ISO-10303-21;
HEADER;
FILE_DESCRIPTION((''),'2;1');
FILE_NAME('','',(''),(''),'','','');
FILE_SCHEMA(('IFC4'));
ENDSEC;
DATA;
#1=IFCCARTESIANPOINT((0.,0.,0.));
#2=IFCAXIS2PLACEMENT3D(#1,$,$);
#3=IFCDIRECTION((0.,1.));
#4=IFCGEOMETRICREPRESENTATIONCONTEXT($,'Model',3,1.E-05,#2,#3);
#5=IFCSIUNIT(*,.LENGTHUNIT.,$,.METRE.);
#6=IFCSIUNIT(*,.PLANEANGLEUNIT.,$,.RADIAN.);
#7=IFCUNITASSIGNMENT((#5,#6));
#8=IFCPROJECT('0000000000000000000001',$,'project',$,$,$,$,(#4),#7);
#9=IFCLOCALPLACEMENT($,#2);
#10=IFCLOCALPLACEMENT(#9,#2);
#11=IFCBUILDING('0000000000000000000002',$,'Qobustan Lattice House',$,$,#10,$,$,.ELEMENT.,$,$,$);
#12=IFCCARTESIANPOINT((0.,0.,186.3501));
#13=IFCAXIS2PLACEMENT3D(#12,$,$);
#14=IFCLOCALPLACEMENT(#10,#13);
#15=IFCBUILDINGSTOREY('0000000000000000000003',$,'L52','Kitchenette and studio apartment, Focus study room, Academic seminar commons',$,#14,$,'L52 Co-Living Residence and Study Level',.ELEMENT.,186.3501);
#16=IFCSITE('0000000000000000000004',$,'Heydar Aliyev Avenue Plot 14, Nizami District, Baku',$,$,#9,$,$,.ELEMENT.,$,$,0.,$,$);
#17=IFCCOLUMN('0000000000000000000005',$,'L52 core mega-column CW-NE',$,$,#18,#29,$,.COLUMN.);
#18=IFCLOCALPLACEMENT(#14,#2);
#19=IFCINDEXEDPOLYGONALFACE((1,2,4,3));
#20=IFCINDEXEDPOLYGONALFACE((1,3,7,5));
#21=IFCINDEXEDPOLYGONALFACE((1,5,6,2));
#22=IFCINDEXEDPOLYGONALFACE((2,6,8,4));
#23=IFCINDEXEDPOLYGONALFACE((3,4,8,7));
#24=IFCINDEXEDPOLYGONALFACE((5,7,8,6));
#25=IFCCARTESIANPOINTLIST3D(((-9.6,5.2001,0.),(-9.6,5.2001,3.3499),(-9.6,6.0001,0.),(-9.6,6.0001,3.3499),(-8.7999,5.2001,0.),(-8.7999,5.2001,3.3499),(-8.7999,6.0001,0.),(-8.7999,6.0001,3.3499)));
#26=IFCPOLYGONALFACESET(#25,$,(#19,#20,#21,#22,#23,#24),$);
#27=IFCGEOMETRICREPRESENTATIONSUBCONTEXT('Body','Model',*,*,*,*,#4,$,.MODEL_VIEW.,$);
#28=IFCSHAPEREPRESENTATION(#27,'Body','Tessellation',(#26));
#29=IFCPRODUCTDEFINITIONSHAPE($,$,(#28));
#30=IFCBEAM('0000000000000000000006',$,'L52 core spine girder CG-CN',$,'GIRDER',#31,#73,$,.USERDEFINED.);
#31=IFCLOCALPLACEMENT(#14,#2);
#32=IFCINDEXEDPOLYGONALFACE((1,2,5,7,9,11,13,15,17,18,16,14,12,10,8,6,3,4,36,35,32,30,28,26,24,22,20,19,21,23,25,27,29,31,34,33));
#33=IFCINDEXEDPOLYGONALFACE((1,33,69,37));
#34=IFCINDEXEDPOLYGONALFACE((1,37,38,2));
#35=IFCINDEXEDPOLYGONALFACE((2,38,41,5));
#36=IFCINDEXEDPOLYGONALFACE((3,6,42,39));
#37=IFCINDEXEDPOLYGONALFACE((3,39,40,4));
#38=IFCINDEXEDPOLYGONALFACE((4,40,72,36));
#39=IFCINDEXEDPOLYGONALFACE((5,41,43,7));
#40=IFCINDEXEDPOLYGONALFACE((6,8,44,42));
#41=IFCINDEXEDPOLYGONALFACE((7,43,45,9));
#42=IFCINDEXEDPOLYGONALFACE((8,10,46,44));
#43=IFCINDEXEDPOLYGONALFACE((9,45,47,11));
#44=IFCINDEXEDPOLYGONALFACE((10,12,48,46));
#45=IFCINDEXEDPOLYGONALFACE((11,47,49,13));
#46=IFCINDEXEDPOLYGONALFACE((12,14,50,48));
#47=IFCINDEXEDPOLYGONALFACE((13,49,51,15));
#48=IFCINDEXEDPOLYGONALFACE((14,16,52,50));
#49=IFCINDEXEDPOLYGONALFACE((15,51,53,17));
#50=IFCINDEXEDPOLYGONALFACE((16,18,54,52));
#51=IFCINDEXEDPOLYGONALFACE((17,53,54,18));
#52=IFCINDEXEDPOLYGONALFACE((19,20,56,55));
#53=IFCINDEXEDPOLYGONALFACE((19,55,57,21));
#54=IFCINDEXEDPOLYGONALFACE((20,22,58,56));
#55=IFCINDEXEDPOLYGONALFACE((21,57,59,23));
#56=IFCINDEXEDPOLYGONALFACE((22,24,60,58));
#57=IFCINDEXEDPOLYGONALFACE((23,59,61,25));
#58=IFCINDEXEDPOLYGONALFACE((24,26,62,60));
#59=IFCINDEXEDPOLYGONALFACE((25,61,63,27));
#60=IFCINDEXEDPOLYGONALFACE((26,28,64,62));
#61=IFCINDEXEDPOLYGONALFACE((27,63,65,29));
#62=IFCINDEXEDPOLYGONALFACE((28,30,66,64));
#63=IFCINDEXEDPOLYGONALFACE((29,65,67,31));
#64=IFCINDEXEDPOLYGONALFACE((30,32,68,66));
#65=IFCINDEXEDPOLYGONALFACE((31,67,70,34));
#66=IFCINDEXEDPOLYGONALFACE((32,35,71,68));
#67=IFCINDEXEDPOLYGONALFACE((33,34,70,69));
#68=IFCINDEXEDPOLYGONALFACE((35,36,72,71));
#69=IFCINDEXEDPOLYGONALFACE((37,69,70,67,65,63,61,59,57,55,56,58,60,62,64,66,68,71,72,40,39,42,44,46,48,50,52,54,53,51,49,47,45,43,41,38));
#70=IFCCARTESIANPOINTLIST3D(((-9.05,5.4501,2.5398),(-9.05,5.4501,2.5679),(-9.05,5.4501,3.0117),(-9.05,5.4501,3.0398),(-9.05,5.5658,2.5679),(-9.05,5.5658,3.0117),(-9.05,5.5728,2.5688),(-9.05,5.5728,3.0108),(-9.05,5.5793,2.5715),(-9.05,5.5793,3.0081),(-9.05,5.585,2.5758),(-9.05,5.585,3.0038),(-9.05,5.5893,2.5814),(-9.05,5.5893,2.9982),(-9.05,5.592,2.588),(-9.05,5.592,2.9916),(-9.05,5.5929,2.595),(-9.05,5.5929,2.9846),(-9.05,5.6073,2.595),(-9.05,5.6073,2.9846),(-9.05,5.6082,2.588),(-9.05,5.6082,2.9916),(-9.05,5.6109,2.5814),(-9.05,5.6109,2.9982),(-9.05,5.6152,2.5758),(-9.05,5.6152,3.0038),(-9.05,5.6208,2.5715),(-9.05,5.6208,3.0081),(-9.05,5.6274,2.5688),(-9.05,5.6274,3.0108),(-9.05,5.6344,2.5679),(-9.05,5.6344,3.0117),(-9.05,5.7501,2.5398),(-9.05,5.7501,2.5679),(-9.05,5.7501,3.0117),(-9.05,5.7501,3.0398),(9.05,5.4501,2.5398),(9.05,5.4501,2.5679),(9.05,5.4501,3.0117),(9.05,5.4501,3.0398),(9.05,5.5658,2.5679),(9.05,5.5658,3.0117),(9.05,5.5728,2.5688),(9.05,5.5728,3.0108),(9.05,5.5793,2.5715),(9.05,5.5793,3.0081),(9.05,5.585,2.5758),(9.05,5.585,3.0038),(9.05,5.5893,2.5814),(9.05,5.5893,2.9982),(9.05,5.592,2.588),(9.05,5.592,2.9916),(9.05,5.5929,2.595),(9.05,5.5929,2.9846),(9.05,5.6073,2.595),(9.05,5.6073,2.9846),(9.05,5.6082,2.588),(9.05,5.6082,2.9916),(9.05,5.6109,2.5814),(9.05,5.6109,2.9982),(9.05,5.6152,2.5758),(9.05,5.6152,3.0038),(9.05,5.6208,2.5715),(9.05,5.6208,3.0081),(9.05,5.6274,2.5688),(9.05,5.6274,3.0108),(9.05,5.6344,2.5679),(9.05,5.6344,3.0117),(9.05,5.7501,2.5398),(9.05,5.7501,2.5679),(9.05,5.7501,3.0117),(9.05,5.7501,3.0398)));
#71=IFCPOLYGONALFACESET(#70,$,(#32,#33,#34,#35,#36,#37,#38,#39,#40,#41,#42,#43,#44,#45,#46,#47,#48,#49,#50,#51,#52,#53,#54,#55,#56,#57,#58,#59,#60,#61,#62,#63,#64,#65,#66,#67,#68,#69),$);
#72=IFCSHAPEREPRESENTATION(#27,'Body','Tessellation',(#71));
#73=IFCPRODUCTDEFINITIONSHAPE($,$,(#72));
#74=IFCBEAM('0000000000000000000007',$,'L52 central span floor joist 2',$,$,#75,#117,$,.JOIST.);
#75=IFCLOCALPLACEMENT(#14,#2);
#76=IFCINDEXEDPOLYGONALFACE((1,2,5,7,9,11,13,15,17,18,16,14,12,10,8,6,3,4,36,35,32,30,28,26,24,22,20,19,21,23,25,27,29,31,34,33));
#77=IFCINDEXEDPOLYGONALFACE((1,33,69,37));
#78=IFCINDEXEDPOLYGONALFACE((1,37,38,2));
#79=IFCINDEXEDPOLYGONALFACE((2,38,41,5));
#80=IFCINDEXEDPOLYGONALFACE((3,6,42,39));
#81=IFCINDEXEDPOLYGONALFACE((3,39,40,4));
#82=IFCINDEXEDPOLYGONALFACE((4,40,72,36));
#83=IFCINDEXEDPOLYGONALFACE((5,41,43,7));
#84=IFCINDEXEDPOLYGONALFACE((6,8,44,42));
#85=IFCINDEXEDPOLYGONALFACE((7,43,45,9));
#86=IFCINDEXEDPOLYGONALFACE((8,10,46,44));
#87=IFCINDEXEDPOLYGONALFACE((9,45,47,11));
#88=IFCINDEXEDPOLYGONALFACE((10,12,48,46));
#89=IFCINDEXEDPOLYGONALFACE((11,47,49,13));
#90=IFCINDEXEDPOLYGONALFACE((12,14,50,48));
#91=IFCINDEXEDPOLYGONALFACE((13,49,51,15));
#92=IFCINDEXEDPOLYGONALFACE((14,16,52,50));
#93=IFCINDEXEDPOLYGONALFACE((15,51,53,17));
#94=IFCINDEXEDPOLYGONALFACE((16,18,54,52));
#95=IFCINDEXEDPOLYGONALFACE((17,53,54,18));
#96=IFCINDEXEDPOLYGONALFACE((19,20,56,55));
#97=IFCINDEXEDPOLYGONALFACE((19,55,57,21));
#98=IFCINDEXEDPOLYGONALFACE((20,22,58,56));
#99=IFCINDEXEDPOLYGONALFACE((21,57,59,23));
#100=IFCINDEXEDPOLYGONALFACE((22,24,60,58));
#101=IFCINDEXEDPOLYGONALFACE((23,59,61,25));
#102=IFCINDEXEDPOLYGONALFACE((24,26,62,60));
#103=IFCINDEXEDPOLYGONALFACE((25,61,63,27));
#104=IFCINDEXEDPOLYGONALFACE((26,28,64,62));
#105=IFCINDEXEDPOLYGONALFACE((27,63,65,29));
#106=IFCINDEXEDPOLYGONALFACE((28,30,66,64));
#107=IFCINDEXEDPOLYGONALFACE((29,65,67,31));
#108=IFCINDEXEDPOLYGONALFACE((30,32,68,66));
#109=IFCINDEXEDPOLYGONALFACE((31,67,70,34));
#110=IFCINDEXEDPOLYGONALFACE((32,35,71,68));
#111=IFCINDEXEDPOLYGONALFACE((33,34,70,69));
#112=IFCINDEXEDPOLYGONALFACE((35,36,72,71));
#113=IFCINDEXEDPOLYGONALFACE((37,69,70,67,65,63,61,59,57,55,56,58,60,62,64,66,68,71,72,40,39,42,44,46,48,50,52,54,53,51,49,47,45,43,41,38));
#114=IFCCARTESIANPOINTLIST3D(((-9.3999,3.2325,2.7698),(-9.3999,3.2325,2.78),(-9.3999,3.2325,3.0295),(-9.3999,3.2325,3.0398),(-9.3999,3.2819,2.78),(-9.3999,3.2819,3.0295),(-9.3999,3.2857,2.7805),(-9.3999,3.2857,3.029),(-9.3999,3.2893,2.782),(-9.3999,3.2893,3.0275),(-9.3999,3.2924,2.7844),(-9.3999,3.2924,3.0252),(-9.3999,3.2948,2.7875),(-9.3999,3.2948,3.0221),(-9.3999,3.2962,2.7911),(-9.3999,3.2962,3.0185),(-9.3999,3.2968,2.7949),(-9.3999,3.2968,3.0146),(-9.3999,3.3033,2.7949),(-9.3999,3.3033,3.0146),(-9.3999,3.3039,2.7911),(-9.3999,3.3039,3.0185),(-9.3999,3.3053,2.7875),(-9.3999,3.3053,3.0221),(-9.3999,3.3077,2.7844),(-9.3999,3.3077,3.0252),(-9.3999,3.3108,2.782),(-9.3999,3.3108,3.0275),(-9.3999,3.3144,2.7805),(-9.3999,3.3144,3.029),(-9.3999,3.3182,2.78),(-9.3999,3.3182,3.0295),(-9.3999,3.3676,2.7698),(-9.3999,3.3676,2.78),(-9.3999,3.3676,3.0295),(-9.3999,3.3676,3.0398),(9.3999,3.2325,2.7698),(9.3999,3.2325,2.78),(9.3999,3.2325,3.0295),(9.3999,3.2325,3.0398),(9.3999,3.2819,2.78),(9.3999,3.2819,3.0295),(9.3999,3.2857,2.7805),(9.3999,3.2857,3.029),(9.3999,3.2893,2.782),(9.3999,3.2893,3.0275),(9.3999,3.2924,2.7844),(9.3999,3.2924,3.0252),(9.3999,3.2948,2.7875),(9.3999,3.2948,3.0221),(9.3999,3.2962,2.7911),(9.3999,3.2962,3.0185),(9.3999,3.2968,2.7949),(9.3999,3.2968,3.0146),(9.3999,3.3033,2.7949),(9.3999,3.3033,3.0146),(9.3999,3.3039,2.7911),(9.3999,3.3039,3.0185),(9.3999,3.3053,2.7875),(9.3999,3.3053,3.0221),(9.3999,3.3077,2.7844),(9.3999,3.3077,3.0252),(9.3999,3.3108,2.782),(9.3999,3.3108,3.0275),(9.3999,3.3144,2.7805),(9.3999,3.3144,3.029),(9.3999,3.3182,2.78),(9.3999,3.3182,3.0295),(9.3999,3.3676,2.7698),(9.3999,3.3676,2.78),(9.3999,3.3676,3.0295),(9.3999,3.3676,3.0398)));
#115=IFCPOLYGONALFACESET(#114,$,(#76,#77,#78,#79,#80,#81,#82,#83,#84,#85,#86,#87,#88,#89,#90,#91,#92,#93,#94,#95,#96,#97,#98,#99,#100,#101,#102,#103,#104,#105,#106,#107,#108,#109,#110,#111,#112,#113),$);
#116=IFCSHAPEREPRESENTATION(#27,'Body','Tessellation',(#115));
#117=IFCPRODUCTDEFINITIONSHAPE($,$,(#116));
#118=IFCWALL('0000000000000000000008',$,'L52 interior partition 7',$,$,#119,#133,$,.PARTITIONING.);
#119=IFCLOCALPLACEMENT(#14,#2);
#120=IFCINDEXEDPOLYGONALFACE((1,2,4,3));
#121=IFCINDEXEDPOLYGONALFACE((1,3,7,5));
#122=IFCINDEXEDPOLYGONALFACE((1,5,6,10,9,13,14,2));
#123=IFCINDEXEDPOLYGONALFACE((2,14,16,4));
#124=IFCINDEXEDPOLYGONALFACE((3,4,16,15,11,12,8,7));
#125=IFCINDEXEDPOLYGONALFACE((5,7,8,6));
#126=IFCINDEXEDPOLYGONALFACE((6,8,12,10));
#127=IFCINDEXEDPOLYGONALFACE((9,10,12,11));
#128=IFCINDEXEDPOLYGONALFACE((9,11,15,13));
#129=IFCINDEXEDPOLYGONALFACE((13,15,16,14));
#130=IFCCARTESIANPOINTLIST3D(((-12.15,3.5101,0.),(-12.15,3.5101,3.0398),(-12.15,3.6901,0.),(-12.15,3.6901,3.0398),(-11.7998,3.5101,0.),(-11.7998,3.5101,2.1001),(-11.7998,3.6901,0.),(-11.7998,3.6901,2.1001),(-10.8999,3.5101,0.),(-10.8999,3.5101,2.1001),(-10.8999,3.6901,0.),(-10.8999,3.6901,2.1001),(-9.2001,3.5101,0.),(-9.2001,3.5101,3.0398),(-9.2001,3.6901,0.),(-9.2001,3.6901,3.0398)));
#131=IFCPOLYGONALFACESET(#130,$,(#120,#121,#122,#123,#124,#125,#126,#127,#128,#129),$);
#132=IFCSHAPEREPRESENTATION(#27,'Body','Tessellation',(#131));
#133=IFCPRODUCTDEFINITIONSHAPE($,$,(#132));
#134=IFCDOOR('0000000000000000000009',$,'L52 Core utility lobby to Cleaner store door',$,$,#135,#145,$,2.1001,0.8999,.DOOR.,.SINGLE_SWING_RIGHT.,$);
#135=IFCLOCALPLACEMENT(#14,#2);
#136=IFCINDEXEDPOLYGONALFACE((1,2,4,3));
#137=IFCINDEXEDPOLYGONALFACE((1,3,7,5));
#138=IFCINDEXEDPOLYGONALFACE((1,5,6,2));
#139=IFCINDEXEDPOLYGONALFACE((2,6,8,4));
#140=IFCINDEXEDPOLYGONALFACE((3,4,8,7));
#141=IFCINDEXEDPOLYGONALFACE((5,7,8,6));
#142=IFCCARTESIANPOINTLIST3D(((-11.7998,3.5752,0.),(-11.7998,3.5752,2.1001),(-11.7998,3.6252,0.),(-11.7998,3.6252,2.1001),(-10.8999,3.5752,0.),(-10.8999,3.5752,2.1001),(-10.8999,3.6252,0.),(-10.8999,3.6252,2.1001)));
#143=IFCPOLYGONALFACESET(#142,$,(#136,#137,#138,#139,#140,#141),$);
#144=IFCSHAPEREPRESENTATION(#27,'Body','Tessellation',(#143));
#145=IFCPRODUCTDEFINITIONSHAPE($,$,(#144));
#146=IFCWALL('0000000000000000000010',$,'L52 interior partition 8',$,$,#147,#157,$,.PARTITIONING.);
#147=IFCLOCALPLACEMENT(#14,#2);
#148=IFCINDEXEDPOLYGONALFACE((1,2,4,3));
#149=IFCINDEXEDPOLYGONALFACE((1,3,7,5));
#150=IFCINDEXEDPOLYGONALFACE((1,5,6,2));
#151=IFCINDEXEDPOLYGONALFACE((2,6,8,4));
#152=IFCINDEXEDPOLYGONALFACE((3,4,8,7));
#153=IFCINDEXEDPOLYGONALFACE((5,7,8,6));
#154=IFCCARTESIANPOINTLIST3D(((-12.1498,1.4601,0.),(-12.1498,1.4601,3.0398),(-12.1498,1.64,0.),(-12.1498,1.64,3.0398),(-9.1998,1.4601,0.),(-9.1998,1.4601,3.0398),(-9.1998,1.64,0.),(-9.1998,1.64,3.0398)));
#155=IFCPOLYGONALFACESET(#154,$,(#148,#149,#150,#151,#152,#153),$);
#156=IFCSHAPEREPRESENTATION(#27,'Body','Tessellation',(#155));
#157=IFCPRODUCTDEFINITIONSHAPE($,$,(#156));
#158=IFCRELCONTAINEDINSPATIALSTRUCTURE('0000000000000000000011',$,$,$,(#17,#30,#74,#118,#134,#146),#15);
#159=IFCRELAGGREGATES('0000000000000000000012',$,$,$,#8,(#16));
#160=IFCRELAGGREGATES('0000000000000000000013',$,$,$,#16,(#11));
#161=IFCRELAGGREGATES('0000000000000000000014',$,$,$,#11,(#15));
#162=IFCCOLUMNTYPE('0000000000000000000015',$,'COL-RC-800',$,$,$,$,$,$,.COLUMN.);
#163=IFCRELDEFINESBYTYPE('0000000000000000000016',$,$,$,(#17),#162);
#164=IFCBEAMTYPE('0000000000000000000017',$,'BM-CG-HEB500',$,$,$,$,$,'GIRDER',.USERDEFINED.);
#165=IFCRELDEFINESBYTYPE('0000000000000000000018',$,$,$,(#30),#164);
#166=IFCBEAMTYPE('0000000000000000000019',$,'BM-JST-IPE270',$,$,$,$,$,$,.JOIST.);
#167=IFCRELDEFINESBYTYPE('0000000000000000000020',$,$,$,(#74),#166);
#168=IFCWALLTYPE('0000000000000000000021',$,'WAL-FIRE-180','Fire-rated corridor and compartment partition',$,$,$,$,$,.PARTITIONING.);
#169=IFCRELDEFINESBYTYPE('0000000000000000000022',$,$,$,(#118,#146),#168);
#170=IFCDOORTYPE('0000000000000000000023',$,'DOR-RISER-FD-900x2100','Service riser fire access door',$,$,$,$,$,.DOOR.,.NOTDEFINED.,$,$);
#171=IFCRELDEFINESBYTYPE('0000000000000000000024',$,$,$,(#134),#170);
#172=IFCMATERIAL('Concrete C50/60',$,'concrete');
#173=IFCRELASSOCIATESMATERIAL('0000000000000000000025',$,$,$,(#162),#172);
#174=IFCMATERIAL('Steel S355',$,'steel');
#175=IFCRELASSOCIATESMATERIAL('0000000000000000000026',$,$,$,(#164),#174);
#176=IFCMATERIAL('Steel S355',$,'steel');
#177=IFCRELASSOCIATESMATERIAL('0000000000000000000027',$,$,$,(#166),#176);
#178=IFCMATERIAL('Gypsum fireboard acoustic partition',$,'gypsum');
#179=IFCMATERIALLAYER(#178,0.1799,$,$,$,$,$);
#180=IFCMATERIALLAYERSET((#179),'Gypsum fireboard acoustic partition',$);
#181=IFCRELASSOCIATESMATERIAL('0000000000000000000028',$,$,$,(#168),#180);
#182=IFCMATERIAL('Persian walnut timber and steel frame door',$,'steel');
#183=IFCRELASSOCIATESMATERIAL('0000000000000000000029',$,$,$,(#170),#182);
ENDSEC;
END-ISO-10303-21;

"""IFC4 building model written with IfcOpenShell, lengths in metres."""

from ifc_helpers import new_model, si_unit, direction, frame, frame_2d, origin, origin_2d, place, context, subcontext, project, spatial, rectangle, i_section, extrude, material, layer, layer_set, material_profile, profile_set, type_object, element, fill, save


model = new_model("IFC4")

# Units and contexts
model_context = context("Model", 3, precision=1e-05, world=origin(), true_north=direction((0.0, 1.0)))
body_context = subcontext(model_context, "Body", "Model", "MODEL_VIEW")
ifc_project = project(units=[si_unit("LENGTHUNIT", "METRE"), si_unit("PLANEANGLEUNIT", "RADIAN")], contexts=[model_context])

# Site, building, storey
site_placement = place(None, origin())
site = spatial("IfcSite", under=ifc_project, at=site_placement, Name="Heydar Aliyev Avenue Plot 14, Nizami District, Baku", CompositionType="ELEMENT", RefElevation=0.0)
building_placement = place(site_placement, origin())
building = spatial("IfcBuilding", under=site, at=building_placement, Name="Qobustan Lattice House", CompositionType="ELEMENT")
storey_placement = place(building_placement, frame((0.0, 0.0, 186.3501)))
storey = spatial("IfcBuildingStorey", under=building, at=storey_placement, Name="L52", Description="Kitchenette and studio apartment, Focus study room, Academic seminar commons", LongName="L52 Co-Living Residence and Study Level", CompositionType="ELEMENT", Elevation=186.3501)

# Column
ifc_material_1 = material(Name="Concrete C50/60", Category="concrete")
ifc_material_profile_1 = material_profile(ifc_material_1, rectangle(XDim=0.8, YDim=0.8, at=origin_2d()), Name="RC800x800")
ifc_profile_set_1 = profile_set([ifc_material_profile_1], Name="Concrete C50/60")
column_type = type_object("IfcColumnType", Name="COL-RC-800", PredefinedType="COLUMN", material=ifc_profile_set_1)
column_placement = place(storey_placement, frame((-9.2, 5.6001, 0.0), z_axis=(0.0, 0.0, 1.0), x_axis=(1.0, 0.0, 0.0)))
element("IfcColumn", 1, at=column_placement, inside=storey, type_object=column_type, Name="L52 core mega-column CW-NE", PredefinedType="COLUMN", context=body_context, shape_type="SweptSolid", body=[
    extrude(rectangle(XDim=0.8, YDim=0.8, at=origin_2d()), origin(), (0.0, 0.0, 1.0), 3.3499),
])

# Beams
ifc_material_2 = material(Name="Steel S355", Category="steel")
ifc_material_profile_2 = material_profile(ifc_material_2, i_section(OverallWidth=0.3, OverallDepth=0.5, WebThickness=0.0144, FlangeThickness=0.0281, FilletRadius=0.0271, at=origin_2d()), Name="HEB500")
ifc_profile_set_2 = profile_set([ifc_material_profile_2], Name="Steel S355")
beam_type_1 = type_object("IfcBeamType", Name="BM-CG-HEB500", ElementType="GIRDER", PredefinedType="USERDEFINED", material=ifc_profile_set_2)
beam_1_placement = place(storey_placement, frame((-9.05, 5.6001, 2.7898), z_axis=(1.0, 0.0, 0.0), x_axis=(0.0, 1.0, 0.0)))
element("IfcBeam", 2, at=beam_1_placement, inside=storey, type_object=beam_type_1, Name="L52 core spine girder CG-CN", ObjectType="GIRDER", PredefinedType="USERDEFINED", context=body_context, shape_type="SweptSolid", body=[
    extrude(i_section(OverallWidth=0.3, OverallDepth=0.5, WebThickness=0.0144, FlangeThickness=0.0281, FilletRadius=0.0271, at=origin_2d()), origin(), (0.0, 0.0, 1.0), 18.1001),
])
ifc_material_3 = material(Name="Steel S355", Category="steel")
ifc_material_profile_3 = material_profile(ifc_material_3, i_section(OverallWidth=0.135, OverallDepth=0.27, WebThickness=0.0066, FlangeThickness=0.0103, FilletRadius=0.0149, at=origin_2d()), Name="IPE270")
ifc_profile_set_3 = profile_set([ifc_material_profile_3], Name="Steel S355")
beam_type_2 = type_object("IfcBeamType", Name="BM-JST-IPE270", PredefinedType="JOIST", material=ifc_profile_set_3)
beam_2_placement = place(storey_placement, frame((-9.3999, 3.3, 2.9048), z_axis=(1.0, 0.0, 0.0), x_axis=(0.0, 1.0, 0.0)))
element("IfcBeam", 3, at=beam_2_placement, inside=storey, type_object=beam_type_2, Name="L52 central span floor joist 2", PredefinedType="JOIST", context=body_context, shape_type="SweptSolid", body=[
    extrude(i_section(OverallWidth=0.135, OverallDepth=0.27, WebThickness=0.0066, FlangeThickness=0.0103, FilletRadius=0.0149, at=origin_2d()), origin(), (0.0, 0.0, 1.0), 18.7998),
])

# Wall, opening, door
ifc_material_4 = material(Name="Gypsum fireboard acoustic partition", Category="gypsum")
ifc_layer_1 = layer(ifc_material_4, 0.1799)
ifc_layer_set_1 = layer_set([ifc_layer_1], Name="Gypsum fireboard acoustic partition")
wall_type_1 = type_object("IfcWallType", Name="WAL-FIRE-180", Description="Fire-rated corridor and compartment partition", PredefinedType="PARTITIONING", material=ifc_layer_set_1)
wall_1_placement = place(storey_placement, frame((-9.2, 3.6001, 0.0), z_axis=(0.0, 0.0, 1.0), x_axis=(-1.0, 0.0, 0.0)))
wall_1 = element("IfcWall", 4, at=wall_1_placement, inside=storey, type_object=wall_type_1, Name="L52 interior partition 7", PredefinedType="PARTITIONING", context=body_context, shape_type="SweptSolid", body=[
    extrude(rectangle(XDim=2.95, YDim=0.1799, at=frame_2d((1.4751, 0.0))), origin(), (0.0, 0.0, 1.0), 3.0398),
])
opening_1_placement = place(wall_1_placement, frame((1.7, 0.0, 0.0)))
opening_1 = element("IfcOpeningElement", 5, at=opening_1_placement, cuts=wall_1, PredefinedType="OPENING", context=body_context, shape_type="SweptSolid", body=[
    extrude(rectangle(XDim=0.8999, YDim=2.1001, at=frame_2d((0.45, 1.05))), frame((0.0, 0.0999, 0.0), z_axis=(0.0, -1.0, 0.0), x_axis=(1.0, 0.0, 0.0)), (0.0, 0.0, 1.0), 0.2),
])
ifc_material_5 = material(Name="Persian walnut timber and steel frame door", Category="steel")
door_type_1 = type_object("IfcDoorType", Name="DOR-RISER-FD-900x2100", Description="Service riser fire access door", OperationType="NOTDEFINED", PredefinedType="DOOR", material=ifc_material_5)
door_1_placement = place(opening_1_placement, origin())
door_1 = element("IfcDoor", 6, at=door_1_placement, inside=storey, type_object=door_type_1, Name="L52 Core utility lobby to Cleaner store door", OperationType="SINGLE_SWING_RIGHT", OverallHeight=2.1001, OverallWidth=0.8999, PredefinedType="DOOR", context=body_context, shape_type="SweptSolid", body=[
    extrude(rectangle(XDim=0.8999, YDim=2.1001, at=frame_2d((0.45, 1.05))), frame((0.0, 0.0249, 0.0), z_axis=(0.0, -1.0, 0.0), x_axis=(1.0, 0.0, 0.0)), (0.0, 0.0, 1.0), 0.05),
])
fill(opening_1, door_1)

# Wall
wall_2_placement = place(storey_placement, frame((-12.1499, 1.55, 0.0), z_axis=(0.0, 0.0, 1.0), x_axis=(1.0, 0.0, 0.0)))
element("IfcWall", 7, at=wall_2_placement, inside=storey, type_object=wall_type_1, Name="L52 interior partition 8", PredefinedType="PARTITIONING", context=body_context, shape_type="SweptSolid", body=[
    extrude(rectangle(XDim=2.95, YDim=0.1799, at=frame_2d((1.4751, 0.0))), origin(), (0.0, 0.0, 1.0), 3.0398),
])

save(model, "model.ifc")
